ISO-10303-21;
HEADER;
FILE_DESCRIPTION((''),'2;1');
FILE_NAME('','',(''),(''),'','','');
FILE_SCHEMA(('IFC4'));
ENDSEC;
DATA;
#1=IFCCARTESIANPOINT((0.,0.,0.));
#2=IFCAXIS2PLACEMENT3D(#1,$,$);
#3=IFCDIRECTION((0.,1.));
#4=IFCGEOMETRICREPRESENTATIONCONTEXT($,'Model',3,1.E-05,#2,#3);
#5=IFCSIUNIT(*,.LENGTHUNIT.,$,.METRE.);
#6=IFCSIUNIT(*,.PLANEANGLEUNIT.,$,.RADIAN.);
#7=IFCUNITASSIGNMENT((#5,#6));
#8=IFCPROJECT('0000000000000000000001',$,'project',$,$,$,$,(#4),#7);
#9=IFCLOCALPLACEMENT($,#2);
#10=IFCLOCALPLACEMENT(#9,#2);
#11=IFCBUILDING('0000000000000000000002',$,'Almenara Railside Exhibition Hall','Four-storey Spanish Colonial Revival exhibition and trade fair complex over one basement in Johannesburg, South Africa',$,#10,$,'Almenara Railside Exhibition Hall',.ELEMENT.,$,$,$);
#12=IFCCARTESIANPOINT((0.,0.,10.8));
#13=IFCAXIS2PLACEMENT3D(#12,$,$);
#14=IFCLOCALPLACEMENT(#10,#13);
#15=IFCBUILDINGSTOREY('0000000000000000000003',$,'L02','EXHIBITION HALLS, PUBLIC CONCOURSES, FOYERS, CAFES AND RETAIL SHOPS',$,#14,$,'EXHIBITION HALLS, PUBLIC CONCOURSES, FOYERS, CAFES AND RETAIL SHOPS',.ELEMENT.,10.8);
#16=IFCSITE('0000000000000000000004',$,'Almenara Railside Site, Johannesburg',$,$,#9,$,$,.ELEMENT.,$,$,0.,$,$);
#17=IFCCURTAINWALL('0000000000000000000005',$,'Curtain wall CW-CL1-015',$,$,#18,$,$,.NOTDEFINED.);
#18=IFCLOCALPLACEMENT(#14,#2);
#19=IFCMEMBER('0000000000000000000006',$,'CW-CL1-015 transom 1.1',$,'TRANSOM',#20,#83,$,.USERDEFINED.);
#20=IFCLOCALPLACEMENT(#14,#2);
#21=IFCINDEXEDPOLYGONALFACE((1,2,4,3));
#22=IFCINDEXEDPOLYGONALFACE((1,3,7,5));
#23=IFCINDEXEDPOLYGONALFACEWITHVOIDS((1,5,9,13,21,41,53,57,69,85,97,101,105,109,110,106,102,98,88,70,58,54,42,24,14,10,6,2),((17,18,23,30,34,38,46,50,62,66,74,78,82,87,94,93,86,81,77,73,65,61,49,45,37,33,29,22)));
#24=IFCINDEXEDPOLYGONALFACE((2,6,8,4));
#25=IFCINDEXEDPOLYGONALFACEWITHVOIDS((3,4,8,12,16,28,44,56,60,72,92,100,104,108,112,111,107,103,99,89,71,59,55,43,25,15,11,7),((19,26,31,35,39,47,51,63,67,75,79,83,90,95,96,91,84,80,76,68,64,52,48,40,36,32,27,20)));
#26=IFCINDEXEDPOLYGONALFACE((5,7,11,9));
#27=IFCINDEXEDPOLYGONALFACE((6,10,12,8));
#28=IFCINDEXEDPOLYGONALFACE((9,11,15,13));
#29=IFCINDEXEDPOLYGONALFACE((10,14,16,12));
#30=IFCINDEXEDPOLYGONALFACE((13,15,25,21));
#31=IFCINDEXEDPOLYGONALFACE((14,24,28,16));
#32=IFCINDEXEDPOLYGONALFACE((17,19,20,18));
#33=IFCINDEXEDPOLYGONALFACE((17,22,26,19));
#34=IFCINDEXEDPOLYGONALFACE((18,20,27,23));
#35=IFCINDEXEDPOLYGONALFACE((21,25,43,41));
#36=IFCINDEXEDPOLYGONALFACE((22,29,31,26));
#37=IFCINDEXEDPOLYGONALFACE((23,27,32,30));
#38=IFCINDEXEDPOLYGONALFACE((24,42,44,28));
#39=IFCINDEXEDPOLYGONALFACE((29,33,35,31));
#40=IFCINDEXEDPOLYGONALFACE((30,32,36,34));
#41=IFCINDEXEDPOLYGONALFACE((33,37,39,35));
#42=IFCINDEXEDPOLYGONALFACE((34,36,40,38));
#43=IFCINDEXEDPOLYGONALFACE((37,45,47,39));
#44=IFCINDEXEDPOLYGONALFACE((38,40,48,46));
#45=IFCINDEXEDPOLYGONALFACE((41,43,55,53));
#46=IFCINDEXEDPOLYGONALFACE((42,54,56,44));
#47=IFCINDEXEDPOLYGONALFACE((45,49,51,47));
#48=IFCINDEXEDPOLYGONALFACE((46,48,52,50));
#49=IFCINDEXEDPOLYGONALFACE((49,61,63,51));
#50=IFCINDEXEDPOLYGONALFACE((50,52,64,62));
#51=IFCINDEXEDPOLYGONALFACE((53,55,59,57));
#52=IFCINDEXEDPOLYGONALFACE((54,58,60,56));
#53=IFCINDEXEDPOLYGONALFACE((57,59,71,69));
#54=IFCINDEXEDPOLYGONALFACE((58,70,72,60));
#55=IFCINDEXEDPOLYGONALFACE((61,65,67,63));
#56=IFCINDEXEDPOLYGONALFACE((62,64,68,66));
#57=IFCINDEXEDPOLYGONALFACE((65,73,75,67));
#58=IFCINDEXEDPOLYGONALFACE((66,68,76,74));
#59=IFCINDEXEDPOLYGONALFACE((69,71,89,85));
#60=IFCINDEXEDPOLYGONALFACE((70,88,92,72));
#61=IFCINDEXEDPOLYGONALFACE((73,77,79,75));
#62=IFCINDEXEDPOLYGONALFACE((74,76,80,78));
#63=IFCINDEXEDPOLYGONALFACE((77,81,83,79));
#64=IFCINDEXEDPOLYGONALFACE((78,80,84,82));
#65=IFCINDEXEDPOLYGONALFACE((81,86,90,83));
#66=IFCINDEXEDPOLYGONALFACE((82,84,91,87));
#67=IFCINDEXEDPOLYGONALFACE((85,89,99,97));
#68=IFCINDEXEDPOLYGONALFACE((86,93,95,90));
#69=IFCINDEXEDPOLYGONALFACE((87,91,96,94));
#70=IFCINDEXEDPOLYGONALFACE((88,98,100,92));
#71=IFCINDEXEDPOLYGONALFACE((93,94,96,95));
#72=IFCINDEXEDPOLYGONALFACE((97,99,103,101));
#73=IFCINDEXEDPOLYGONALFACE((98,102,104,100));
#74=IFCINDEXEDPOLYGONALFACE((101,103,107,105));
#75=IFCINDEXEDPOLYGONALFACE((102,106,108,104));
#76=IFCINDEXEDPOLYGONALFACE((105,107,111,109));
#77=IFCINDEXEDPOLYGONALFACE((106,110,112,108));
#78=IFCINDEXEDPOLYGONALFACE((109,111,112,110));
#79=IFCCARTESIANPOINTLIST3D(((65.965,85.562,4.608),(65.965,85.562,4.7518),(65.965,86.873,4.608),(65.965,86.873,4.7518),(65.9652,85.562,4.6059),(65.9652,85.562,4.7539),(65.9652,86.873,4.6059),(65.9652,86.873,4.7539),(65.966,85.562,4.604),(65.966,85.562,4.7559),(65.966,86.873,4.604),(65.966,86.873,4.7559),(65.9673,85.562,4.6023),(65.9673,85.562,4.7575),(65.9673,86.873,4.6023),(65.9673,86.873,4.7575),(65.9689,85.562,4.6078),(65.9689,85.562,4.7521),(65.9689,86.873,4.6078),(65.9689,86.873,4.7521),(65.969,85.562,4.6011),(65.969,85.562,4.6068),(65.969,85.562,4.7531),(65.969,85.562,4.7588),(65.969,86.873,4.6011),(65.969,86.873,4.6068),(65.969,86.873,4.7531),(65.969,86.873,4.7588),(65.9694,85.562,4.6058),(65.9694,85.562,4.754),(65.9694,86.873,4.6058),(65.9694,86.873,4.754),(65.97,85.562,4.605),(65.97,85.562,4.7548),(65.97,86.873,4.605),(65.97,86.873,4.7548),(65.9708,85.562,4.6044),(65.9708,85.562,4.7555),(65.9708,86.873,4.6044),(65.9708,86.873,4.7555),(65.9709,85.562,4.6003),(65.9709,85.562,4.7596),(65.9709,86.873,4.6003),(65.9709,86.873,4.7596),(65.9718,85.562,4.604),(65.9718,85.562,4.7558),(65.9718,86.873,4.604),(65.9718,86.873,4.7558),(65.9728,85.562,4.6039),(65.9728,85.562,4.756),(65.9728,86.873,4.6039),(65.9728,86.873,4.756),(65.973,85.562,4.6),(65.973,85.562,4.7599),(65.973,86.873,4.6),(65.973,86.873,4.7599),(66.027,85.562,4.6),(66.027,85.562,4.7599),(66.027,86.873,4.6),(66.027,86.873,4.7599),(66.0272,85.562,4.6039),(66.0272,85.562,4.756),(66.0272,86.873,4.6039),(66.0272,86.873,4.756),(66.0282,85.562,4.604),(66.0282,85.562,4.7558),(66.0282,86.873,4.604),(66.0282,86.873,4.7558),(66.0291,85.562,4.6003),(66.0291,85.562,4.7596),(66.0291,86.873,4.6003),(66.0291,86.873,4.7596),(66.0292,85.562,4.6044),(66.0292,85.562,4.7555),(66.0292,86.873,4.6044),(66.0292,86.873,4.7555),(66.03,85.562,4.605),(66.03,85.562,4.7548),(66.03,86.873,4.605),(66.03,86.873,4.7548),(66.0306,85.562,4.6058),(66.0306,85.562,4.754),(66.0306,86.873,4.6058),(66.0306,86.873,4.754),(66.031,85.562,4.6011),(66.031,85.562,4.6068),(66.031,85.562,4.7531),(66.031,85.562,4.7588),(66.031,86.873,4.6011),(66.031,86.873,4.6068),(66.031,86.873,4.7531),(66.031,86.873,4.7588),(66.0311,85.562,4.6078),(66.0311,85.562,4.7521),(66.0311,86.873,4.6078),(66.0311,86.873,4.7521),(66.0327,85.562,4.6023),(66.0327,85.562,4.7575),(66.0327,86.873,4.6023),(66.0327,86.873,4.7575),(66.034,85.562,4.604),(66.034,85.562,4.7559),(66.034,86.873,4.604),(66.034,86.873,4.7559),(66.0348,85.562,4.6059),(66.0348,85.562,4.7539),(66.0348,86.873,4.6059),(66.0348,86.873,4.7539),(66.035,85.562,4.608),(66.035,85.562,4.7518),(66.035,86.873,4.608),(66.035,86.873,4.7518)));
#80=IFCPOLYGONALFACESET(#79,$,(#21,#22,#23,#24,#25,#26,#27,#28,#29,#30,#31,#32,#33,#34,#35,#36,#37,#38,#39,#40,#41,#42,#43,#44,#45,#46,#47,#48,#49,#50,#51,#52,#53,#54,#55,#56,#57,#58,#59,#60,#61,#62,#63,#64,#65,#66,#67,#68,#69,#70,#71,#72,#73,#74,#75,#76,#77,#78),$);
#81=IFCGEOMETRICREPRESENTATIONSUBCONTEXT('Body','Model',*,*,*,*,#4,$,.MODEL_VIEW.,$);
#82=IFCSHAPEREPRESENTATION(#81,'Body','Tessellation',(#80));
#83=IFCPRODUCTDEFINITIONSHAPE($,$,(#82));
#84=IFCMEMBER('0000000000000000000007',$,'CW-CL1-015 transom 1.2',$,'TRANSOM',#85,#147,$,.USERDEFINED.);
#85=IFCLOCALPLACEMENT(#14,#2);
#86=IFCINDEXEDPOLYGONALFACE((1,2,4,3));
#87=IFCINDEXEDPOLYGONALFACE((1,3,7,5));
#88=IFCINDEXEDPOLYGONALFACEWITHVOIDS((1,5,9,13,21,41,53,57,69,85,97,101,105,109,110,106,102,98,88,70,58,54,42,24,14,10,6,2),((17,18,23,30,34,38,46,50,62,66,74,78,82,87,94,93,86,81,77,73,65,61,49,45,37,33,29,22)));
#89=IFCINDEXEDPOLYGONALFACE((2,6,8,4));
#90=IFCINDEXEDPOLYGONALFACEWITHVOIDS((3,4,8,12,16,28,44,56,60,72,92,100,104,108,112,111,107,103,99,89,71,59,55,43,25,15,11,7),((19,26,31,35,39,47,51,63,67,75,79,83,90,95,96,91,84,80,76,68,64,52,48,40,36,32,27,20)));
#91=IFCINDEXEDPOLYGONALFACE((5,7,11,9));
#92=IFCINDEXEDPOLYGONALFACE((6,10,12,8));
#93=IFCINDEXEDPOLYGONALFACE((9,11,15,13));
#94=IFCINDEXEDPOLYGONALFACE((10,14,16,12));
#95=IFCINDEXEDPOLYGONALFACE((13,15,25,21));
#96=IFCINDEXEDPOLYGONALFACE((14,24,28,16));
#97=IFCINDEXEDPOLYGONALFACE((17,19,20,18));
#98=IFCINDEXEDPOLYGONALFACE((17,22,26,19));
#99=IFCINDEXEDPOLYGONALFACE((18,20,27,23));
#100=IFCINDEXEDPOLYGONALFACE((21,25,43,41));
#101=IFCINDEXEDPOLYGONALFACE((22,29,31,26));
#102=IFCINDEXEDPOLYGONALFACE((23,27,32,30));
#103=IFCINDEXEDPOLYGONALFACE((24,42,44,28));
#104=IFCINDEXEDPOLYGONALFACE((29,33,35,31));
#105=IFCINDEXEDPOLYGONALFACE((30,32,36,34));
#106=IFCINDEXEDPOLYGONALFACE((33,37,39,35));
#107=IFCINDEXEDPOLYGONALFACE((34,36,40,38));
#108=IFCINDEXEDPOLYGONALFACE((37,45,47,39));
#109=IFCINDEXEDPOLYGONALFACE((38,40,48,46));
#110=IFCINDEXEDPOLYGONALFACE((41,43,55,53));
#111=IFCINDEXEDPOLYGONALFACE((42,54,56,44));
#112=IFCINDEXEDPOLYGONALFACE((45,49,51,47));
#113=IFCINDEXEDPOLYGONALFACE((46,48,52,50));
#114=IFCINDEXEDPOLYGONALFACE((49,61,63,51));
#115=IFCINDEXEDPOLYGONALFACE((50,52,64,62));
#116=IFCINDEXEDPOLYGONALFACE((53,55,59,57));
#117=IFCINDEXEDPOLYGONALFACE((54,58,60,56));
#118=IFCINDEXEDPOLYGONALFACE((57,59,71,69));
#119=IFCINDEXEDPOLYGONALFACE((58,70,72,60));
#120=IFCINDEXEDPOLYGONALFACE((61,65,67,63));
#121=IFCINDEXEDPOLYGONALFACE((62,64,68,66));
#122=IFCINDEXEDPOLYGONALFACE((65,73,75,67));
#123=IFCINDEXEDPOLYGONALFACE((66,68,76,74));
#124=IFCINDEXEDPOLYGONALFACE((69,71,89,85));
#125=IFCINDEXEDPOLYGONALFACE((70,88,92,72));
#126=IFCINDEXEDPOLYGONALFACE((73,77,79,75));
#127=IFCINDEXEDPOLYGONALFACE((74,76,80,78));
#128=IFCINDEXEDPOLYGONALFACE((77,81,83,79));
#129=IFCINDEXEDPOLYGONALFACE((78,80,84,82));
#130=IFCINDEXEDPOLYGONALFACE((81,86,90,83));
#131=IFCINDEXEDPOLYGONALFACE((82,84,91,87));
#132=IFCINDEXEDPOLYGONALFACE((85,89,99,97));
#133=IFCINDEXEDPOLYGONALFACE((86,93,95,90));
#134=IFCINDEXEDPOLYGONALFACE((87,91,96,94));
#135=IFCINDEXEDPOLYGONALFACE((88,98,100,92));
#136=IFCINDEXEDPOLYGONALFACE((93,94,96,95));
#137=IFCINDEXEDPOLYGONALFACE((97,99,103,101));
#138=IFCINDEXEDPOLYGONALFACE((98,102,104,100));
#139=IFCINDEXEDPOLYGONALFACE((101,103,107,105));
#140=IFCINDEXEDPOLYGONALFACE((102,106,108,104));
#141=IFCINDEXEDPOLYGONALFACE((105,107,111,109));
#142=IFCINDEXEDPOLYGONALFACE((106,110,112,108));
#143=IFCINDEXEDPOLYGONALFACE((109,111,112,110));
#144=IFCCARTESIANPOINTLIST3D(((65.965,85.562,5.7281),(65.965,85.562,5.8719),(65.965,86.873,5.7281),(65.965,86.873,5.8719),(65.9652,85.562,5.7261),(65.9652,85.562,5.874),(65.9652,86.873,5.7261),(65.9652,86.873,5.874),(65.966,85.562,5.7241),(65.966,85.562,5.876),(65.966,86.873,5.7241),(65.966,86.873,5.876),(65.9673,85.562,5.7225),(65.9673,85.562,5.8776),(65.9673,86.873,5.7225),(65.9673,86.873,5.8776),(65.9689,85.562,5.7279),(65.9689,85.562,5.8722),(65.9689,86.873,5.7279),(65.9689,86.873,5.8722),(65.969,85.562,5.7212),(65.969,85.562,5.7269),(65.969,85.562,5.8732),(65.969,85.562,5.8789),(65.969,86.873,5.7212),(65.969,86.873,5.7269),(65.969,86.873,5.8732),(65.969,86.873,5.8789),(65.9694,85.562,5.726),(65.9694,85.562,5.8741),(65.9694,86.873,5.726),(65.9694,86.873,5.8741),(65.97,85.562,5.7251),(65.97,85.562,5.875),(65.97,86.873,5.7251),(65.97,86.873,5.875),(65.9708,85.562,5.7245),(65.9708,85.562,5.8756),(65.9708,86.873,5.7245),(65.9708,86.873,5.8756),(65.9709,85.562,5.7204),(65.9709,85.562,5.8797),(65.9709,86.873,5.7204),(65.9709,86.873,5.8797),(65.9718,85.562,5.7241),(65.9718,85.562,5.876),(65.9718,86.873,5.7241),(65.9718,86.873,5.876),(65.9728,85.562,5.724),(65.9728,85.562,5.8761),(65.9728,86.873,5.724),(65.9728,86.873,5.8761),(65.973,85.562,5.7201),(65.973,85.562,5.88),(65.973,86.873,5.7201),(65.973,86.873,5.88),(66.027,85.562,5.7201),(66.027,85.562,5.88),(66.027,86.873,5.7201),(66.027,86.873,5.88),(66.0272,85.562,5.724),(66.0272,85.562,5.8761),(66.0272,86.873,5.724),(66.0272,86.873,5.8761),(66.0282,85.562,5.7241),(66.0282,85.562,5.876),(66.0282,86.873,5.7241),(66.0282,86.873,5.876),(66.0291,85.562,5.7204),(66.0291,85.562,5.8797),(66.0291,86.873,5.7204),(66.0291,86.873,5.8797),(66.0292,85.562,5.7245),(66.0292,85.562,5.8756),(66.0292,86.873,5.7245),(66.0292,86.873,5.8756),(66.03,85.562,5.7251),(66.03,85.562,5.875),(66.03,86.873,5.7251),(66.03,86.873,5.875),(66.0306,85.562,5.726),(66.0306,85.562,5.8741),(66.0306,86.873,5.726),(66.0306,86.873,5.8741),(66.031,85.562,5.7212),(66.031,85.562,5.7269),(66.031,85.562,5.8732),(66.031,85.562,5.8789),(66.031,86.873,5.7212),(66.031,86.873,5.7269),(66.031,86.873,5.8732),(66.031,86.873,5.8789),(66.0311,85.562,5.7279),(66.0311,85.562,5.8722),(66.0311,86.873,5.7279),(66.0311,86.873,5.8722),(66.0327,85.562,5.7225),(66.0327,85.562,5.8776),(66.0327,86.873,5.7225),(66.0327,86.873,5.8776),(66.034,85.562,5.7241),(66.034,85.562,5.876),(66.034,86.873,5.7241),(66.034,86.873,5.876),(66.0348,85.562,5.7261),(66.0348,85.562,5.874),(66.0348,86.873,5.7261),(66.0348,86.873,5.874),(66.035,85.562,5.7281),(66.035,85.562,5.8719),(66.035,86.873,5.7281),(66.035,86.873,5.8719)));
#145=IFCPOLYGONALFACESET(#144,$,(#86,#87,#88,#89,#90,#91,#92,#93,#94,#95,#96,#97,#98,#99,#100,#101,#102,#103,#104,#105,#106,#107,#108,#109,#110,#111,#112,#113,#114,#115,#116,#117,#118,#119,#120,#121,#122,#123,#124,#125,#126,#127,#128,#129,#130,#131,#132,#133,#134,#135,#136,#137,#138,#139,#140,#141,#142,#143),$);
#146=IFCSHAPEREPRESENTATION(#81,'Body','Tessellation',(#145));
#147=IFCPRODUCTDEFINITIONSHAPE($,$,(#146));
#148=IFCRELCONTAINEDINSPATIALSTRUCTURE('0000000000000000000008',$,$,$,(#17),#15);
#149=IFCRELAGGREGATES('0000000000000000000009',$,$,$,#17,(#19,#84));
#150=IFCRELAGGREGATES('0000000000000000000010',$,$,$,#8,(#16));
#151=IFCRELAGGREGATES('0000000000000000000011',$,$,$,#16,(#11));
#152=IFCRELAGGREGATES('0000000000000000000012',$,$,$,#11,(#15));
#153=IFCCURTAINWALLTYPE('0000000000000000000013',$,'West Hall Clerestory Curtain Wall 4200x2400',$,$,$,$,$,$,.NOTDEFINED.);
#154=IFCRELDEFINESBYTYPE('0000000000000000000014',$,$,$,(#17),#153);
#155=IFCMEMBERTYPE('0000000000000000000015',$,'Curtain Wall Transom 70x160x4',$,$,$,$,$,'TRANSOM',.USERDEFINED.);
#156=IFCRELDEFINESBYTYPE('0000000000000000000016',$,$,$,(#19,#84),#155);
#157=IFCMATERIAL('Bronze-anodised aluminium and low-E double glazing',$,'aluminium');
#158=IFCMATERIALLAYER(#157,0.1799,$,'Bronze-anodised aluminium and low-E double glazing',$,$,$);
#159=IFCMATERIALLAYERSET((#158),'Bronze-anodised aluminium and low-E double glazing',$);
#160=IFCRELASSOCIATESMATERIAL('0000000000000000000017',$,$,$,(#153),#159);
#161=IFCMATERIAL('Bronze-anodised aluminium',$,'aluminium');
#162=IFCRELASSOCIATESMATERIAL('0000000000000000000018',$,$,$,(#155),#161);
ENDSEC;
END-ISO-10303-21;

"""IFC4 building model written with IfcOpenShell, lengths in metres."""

from ifc_helpers import new_model, si_unit, direction, frame, origin, origin_2d, place, context, subcontext, project, spatial, hollow_rectangle, extrude, material, layer, layer_set, material_profile, profile_set, type_object, element, aggregate, save


model = new_model("IFC4")

# Units and contexts
model_context = context("Model", 3, precision=1e-05, world=origin(), true_north=direction((0.0, 1.0)))
body_context = subcontext(model_context, "Body", "Model", "MODEL_VIEW")
ifc_project = project(units=[si_unit("LENGTHUNIT", "METRE"), si_unit("PLANEANGLEUNIT", "RADIAN")], contexts=[model_context])

# Site, building, storey
site_placement = place(None, origin())
site = spatial("IfcSite", under=ifc_project, at=site_placement, Name="Almenara Railside Site, Johannesburg", CompositionType="ELEMENT", RefElevation=0.0)
building_placement = place(site_placement, origin())
building = spatial("IfcBuilding", under=site, at=building_placement, Name="Almenara Railside Exhibition Hall", Description="Four-storey Spanish Colonial Revival exhibition and trade fair complex over one basement in Johannesburg, South Africa", LongName="Almenara Railside Exhibition Hall", CompositionType="ELEMENT")
storey_placement = place(building_placement, frame((0.0, 0.0, 10.8)))
storey = spatial("IfcBuildingStorey", under=building, at=storey_placement, Name="L02", Description="EXHIBITION HALLS, PUBLIC CONCOURSES, FOYERS, CAFES AND RETAIL SHOPS", LongName="EXHIBITION HALLS, PUBLIC CONCOURSES, FOYERS, CAFES AND RETAIL SHOPS", CompositionType="ELEMENT", Elevation=10.8)

# Shared definitions
ifc_material_1 = material(Name="Bronze-anodised aluminium and low-E double glazing", Category="aluminium")
ifc_material_2 = material(Name="Bronze-anodised aluminium", Category="aluminium")

# Curtain wall
ifc_layer_1 = layer(ifc_material_1, 0.1799, Name="Bronze-anodised aluminium and low-E double glazing")
ifc_layer_set_1 = layer_set([ifc_layer_1], Name="Bronze-anodised aluminium and low-E double glazing")
curtain_wall_type_1 = type_object("IfcCurtainWallType", Name="West Hall Clerestory Curtain Wall 4200x2400", PredefinedType="NOTDEFINED", material=ifc_layer_set_1)
curtain_wall_1_placement = place(storey_placement, origin())
curtain_wall_1 = element("IfcCurtainWall", 1, at=curtain_wall_1_placement, inside=storey, type_object=curtain_wall_type_1, Name="Curtain wall CW-CL1-015", PredefinedType="NOTDEFINED")

# Members
ifc_material_profile_1 = material_profile(ifc_material_2, hollow_rectangle(XDim=0.0701, YDim=0.1599, WallThickness=0.0039, InnerFilletRadius=0.0039, OuterFilletRadius=0.0081, at=origin_2d()), Name="ALU-TRN 70x160x4")
ifc_profile_set_1 = profile_set([ifc_material_profile_1], Name="Bronze-anodised aluminium")
member_type_1 = type_object("IfcMemberType", Name="Curtain Wall Transom 70x160x4", ElementType="TRANSOM", PredefinedType="USERDEFINED", material=ifc_profile_set_1)
member_1_placement = place(storey_placement, frame((66.0, 85.562, 4.6799), z_axis=(0.0, 1.0, 0.0), x_axis=(-1.0, 0.0, 0.0)))
member_1 = element("IfcMember", 2, at=member_1_placement, type_object=member_type_1, Name="CW-CL1-015 transom 1.1", ObjectType="TRANSOM", PredefinedType="USERDEFINED", context=body_context, shape_type="SweptSolid", body=[
    extrude(hollow_rectangle(XDim=0.0701, YDim=0.1599, WallThickness=0.0039, InnerFilletRadius=0.0039, OuterFilletRadius=0.0081, at=origin_2d()), origin(), (0.0, 0.0, 1.0), 1.311),
])
member_2_placement = place(storey_placement, frame((66.0, 85.562, 5.8), z_axis=(0.0, 1.0, 0.0), x_axis=(-1.0, 0.0, 0.0)))
member_2 = element("IfcMember", 3, at=member_2_placement, type_object=member_type_1, Name="CW-CL1-015 transom 1.2", ObjectType="TRANSOM", PredefinedType="USERDEFINED", context=body_context, shape_type="SweptSolid", body=[
    extrude(hollow_rectangle(XDim=0.0701, YDim=0.1599, WallThickness=0.0039, InnerFilletRadius=0.0039, OuterFilletRadius=0.0081, at=origin_2d()), origin(), (0.0, 0.0, 1.0), 1.311),
])

aggregate(curtain_wall_1, [member_1, member_2])

save(model, "model.ifc")
